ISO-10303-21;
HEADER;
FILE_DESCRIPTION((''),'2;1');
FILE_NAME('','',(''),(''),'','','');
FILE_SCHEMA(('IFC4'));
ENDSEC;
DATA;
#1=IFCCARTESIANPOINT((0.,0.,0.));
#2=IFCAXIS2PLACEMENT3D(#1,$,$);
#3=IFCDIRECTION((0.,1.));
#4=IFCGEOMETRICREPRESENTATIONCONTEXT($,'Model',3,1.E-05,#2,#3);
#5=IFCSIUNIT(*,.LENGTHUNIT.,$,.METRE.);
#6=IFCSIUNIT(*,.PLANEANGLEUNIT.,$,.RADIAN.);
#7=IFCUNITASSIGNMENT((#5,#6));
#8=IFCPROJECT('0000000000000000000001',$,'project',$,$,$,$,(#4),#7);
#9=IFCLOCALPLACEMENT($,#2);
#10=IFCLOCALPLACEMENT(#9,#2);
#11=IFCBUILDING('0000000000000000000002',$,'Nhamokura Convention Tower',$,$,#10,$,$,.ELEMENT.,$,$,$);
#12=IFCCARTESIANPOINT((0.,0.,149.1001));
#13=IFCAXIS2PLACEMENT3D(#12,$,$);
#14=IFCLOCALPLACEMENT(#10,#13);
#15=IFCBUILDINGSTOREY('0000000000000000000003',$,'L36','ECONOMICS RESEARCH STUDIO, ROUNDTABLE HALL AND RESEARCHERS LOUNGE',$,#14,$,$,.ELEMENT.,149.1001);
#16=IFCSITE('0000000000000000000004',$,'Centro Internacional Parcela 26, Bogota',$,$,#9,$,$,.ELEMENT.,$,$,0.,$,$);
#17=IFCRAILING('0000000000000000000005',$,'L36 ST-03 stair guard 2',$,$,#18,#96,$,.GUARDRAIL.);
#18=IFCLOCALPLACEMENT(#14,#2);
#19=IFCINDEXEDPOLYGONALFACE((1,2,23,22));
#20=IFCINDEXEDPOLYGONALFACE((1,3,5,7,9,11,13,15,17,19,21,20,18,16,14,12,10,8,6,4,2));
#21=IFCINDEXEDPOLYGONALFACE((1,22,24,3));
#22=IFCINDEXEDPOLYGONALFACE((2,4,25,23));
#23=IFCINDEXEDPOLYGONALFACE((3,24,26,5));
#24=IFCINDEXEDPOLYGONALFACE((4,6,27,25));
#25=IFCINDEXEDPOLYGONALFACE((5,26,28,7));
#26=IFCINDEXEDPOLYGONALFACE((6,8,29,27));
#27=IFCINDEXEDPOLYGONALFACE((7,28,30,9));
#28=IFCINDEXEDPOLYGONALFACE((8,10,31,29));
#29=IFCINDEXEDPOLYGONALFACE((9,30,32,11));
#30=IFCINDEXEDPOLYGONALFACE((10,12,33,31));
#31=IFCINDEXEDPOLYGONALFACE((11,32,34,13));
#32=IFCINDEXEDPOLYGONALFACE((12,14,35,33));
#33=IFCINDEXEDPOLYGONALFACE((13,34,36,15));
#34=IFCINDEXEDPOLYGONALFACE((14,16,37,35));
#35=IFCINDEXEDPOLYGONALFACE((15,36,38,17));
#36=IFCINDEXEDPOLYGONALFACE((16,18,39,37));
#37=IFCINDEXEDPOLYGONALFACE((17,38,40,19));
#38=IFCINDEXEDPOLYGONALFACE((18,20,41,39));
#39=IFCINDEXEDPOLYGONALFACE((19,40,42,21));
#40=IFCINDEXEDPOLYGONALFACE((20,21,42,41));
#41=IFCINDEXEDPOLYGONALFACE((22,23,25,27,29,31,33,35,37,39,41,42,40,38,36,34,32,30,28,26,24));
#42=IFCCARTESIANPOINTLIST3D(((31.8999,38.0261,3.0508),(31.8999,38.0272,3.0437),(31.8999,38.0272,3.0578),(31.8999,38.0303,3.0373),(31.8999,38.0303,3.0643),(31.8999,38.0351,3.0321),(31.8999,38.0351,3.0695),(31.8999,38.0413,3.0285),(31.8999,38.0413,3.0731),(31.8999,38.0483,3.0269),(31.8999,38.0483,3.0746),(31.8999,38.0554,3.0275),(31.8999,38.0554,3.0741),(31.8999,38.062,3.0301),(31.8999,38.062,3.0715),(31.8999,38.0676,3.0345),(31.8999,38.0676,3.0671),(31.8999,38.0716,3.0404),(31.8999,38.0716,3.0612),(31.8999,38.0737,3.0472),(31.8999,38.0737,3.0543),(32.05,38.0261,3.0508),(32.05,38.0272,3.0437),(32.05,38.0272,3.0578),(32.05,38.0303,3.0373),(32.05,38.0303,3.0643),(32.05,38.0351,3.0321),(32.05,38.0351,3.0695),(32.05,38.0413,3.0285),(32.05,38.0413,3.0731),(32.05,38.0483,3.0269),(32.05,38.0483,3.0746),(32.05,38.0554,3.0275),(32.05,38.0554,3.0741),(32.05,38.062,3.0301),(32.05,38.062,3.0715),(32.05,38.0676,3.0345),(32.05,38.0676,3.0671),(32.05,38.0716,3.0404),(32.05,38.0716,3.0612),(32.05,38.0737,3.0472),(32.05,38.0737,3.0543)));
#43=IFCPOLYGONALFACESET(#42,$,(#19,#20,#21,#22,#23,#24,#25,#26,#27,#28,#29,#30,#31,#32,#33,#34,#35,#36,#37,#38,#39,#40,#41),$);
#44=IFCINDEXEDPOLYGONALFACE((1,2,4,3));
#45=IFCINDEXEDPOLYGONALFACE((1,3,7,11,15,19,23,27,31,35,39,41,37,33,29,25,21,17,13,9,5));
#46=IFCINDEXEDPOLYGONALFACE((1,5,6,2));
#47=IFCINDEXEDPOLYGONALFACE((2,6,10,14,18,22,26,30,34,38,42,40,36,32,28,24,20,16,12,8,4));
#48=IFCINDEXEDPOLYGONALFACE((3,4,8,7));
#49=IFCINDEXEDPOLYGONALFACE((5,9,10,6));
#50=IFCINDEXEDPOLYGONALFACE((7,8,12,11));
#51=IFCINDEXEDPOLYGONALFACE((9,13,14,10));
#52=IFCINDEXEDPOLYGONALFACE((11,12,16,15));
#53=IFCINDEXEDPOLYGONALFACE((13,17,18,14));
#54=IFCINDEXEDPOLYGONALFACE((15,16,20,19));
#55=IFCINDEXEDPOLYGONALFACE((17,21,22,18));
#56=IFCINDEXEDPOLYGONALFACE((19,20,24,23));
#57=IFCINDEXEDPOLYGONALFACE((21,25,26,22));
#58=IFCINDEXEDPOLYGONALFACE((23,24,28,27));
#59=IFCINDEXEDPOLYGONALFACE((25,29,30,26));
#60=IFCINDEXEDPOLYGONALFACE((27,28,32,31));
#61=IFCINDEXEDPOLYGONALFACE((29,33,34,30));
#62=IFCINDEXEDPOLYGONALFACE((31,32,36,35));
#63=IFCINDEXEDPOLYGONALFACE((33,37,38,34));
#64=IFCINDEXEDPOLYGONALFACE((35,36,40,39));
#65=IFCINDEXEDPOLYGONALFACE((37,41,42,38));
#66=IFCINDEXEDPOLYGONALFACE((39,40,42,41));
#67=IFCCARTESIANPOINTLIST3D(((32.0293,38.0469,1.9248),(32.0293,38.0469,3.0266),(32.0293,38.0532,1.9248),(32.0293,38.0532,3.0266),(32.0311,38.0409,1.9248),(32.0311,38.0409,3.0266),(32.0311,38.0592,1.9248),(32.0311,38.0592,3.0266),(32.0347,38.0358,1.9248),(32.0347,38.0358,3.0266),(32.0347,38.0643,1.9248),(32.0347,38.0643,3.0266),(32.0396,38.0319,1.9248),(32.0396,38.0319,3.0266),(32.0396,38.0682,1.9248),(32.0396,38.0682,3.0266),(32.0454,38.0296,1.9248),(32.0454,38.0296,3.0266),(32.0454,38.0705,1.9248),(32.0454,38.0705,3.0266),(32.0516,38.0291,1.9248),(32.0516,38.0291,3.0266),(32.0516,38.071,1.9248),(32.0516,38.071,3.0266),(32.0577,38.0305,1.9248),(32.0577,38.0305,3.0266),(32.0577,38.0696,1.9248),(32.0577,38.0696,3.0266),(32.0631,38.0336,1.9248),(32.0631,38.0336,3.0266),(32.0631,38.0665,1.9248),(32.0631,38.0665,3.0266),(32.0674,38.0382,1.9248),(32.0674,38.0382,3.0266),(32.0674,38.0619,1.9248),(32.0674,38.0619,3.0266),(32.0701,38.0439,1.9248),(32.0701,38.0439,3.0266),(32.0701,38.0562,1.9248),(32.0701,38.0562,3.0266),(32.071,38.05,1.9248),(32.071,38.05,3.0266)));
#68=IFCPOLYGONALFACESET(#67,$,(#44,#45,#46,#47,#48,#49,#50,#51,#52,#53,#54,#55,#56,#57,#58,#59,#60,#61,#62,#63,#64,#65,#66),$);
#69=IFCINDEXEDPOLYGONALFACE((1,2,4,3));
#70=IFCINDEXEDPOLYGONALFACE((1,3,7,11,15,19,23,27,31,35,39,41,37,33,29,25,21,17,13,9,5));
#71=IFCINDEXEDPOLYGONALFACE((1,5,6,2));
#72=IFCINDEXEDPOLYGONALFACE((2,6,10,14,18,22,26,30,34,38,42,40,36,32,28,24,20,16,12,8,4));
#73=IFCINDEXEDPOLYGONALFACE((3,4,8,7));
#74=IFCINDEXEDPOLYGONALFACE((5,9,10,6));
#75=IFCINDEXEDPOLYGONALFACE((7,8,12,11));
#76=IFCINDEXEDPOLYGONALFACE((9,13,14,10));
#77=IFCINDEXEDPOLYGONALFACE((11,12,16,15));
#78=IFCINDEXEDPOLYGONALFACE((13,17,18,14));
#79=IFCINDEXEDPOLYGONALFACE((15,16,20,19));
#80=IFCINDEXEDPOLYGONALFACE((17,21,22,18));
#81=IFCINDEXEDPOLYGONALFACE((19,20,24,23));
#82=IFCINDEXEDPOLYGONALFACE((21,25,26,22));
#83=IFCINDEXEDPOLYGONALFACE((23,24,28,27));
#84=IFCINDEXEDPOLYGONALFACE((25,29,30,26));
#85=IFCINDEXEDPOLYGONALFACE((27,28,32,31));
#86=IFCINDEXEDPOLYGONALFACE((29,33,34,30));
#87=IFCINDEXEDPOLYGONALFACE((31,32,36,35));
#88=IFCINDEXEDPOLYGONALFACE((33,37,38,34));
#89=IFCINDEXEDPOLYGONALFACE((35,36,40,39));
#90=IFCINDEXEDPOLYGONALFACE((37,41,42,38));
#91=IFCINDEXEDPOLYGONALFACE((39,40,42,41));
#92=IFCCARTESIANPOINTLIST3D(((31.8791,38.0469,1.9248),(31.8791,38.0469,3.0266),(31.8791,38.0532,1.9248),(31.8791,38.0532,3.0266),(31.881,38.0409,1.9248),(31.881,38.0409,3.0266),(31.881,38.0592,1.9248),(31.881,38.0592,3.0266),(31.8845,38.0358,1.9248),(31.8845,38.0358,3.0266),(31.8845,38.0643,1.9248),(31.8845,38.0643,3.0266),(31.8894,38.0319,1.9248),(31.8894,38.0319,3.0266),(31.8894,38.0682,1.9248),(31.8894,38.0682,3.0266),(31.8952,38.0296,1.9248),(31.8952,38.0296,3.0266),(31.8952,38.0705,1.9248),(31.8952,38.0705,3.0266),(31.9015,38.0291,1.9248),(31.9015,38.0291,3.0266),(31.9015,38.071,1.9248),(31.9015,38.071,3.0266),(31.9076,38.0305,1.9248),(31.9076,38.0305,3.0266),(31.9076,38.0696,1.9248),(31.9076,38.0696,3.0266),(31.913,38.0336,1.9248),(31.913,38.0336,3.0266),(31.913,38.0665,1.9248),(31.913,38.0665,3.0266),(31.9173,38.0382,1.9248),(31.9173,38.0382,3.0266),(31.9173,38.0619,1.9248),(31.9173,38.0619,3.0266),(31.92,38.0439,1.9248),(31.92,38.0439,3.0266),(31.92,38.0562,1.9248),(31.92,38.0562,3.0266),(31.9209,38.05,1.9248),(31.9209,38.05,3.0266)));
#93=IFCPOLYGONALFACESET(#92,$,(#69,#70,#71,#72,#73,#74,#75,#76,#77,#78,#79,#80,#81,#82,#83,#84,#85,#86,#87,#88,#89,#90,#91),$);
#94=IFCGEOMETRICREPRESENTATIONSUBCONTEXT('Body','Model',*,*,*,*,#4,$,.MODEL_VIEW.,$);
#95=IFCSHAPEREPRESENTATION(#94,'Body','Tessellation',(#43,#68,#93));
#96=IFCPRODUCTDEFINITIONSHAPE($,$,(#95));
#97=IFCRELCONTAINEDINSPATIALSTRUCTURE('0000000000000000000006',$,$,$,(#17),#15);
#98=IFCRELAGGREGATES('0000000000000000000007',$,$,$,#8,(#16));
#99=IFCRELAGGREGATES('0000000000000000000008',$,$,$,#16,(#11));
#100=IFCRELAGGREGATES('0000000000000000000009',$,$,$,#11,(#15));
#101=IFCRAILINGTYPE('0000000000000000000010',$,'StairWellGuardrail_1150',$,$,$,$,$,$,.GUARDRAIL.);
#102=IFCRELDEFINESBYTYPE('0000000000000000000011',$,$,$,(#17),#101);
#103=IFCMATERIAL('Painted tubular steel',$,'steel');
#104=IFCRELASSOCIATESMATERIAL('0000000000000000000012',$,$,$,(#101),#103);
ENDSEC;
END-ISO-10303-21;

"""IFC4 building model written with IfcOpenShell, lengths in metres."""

from ifc_helpers import new_model, si_unit, direction, frame, origin, origin_2d, place, context, subcontext, project, spatial, circle, extrude, material, type_object, element, save


model = new_model("IFC4")

# Units and contexts
model_context = context("Model", 3, precision=1e-05, world=origin(), true_north=direction((0.0, 1.0)))
body_context = subcontext(model_context, "Body", "Model", "MODEL_VIEW")
ifc_project = project(units=[si_unit("LENGTHUNIT", "METRE"), si_unit("PLANEANGLEUNIT", "RADIAN")], contexts=[model_context])

# Site, building, storey
site_placement = place(None, origin())
site = spatial("IfcSite", under=ifc_project, at=site_placement, Name="Centro Internacional Parcela 26, Bogota", CompositionType="ELEMENT", RefElevation=0.0)
building_placement = place(site_placement, origin())
building = spatial("IfcBuilding", under=site, at=building_placement, Name="Nhamokura Convention Tower", CompositionType="ELEMENT")
storey_placement = place(building_placement, frame((0.0, 0.0, 149.1001)))
storey = spatial("IfcBuildingStorey", under=building, at=storey_placement, Name="L36", Description="ECONOMICS RESEARCH STUDIO, ROUNDTABLE HALL AND RESEARCHERS LOUNGE", CompositionType="ELEMENT", Elevation=149.1001)

# Railing
ifc_material_1 = material(Name="Painted tubular steel", Category="steel")
railing_type_1 = type_object("IfcRailingType", Name="StairWellGuardrail_1150", PredefinedType="GUARDRAIL", material=ifc_material_1)
railing_1_placement = place(storey_placement, frame((32.05, 38.05, 1.9248)))
element("IfcRailing", 1, at=railing_1_placement, inside=storey, type_object=railing_type_1, Name="L36 ST-03 stair guard 2", PredefinedType="GUARDRAIL", context=body_context, shape_type="SweptSolid", body=[
    extrude(circle(Radius=0.0239, at=origin_2d()), frame((0.0, 0.0, 1.126), z_axis=(-1.0, 0.0, 0.0), x_axis=(0.0, -1.0, 0.0)), (0.0, 0.0, 1.0), 0.1501),
    extrude(circle(Radius=0.021, at=origin_2d()), origin(), (0.0, 0.0, 1.0), 1.1018),
    extrude(circle(Radius=0.021, at=origin_2d()), frame((-0.1501, 0.0, 0.0)), (0.0, 0.0, 1.0), 1.1018),
])

save(model, "model.ifc")
